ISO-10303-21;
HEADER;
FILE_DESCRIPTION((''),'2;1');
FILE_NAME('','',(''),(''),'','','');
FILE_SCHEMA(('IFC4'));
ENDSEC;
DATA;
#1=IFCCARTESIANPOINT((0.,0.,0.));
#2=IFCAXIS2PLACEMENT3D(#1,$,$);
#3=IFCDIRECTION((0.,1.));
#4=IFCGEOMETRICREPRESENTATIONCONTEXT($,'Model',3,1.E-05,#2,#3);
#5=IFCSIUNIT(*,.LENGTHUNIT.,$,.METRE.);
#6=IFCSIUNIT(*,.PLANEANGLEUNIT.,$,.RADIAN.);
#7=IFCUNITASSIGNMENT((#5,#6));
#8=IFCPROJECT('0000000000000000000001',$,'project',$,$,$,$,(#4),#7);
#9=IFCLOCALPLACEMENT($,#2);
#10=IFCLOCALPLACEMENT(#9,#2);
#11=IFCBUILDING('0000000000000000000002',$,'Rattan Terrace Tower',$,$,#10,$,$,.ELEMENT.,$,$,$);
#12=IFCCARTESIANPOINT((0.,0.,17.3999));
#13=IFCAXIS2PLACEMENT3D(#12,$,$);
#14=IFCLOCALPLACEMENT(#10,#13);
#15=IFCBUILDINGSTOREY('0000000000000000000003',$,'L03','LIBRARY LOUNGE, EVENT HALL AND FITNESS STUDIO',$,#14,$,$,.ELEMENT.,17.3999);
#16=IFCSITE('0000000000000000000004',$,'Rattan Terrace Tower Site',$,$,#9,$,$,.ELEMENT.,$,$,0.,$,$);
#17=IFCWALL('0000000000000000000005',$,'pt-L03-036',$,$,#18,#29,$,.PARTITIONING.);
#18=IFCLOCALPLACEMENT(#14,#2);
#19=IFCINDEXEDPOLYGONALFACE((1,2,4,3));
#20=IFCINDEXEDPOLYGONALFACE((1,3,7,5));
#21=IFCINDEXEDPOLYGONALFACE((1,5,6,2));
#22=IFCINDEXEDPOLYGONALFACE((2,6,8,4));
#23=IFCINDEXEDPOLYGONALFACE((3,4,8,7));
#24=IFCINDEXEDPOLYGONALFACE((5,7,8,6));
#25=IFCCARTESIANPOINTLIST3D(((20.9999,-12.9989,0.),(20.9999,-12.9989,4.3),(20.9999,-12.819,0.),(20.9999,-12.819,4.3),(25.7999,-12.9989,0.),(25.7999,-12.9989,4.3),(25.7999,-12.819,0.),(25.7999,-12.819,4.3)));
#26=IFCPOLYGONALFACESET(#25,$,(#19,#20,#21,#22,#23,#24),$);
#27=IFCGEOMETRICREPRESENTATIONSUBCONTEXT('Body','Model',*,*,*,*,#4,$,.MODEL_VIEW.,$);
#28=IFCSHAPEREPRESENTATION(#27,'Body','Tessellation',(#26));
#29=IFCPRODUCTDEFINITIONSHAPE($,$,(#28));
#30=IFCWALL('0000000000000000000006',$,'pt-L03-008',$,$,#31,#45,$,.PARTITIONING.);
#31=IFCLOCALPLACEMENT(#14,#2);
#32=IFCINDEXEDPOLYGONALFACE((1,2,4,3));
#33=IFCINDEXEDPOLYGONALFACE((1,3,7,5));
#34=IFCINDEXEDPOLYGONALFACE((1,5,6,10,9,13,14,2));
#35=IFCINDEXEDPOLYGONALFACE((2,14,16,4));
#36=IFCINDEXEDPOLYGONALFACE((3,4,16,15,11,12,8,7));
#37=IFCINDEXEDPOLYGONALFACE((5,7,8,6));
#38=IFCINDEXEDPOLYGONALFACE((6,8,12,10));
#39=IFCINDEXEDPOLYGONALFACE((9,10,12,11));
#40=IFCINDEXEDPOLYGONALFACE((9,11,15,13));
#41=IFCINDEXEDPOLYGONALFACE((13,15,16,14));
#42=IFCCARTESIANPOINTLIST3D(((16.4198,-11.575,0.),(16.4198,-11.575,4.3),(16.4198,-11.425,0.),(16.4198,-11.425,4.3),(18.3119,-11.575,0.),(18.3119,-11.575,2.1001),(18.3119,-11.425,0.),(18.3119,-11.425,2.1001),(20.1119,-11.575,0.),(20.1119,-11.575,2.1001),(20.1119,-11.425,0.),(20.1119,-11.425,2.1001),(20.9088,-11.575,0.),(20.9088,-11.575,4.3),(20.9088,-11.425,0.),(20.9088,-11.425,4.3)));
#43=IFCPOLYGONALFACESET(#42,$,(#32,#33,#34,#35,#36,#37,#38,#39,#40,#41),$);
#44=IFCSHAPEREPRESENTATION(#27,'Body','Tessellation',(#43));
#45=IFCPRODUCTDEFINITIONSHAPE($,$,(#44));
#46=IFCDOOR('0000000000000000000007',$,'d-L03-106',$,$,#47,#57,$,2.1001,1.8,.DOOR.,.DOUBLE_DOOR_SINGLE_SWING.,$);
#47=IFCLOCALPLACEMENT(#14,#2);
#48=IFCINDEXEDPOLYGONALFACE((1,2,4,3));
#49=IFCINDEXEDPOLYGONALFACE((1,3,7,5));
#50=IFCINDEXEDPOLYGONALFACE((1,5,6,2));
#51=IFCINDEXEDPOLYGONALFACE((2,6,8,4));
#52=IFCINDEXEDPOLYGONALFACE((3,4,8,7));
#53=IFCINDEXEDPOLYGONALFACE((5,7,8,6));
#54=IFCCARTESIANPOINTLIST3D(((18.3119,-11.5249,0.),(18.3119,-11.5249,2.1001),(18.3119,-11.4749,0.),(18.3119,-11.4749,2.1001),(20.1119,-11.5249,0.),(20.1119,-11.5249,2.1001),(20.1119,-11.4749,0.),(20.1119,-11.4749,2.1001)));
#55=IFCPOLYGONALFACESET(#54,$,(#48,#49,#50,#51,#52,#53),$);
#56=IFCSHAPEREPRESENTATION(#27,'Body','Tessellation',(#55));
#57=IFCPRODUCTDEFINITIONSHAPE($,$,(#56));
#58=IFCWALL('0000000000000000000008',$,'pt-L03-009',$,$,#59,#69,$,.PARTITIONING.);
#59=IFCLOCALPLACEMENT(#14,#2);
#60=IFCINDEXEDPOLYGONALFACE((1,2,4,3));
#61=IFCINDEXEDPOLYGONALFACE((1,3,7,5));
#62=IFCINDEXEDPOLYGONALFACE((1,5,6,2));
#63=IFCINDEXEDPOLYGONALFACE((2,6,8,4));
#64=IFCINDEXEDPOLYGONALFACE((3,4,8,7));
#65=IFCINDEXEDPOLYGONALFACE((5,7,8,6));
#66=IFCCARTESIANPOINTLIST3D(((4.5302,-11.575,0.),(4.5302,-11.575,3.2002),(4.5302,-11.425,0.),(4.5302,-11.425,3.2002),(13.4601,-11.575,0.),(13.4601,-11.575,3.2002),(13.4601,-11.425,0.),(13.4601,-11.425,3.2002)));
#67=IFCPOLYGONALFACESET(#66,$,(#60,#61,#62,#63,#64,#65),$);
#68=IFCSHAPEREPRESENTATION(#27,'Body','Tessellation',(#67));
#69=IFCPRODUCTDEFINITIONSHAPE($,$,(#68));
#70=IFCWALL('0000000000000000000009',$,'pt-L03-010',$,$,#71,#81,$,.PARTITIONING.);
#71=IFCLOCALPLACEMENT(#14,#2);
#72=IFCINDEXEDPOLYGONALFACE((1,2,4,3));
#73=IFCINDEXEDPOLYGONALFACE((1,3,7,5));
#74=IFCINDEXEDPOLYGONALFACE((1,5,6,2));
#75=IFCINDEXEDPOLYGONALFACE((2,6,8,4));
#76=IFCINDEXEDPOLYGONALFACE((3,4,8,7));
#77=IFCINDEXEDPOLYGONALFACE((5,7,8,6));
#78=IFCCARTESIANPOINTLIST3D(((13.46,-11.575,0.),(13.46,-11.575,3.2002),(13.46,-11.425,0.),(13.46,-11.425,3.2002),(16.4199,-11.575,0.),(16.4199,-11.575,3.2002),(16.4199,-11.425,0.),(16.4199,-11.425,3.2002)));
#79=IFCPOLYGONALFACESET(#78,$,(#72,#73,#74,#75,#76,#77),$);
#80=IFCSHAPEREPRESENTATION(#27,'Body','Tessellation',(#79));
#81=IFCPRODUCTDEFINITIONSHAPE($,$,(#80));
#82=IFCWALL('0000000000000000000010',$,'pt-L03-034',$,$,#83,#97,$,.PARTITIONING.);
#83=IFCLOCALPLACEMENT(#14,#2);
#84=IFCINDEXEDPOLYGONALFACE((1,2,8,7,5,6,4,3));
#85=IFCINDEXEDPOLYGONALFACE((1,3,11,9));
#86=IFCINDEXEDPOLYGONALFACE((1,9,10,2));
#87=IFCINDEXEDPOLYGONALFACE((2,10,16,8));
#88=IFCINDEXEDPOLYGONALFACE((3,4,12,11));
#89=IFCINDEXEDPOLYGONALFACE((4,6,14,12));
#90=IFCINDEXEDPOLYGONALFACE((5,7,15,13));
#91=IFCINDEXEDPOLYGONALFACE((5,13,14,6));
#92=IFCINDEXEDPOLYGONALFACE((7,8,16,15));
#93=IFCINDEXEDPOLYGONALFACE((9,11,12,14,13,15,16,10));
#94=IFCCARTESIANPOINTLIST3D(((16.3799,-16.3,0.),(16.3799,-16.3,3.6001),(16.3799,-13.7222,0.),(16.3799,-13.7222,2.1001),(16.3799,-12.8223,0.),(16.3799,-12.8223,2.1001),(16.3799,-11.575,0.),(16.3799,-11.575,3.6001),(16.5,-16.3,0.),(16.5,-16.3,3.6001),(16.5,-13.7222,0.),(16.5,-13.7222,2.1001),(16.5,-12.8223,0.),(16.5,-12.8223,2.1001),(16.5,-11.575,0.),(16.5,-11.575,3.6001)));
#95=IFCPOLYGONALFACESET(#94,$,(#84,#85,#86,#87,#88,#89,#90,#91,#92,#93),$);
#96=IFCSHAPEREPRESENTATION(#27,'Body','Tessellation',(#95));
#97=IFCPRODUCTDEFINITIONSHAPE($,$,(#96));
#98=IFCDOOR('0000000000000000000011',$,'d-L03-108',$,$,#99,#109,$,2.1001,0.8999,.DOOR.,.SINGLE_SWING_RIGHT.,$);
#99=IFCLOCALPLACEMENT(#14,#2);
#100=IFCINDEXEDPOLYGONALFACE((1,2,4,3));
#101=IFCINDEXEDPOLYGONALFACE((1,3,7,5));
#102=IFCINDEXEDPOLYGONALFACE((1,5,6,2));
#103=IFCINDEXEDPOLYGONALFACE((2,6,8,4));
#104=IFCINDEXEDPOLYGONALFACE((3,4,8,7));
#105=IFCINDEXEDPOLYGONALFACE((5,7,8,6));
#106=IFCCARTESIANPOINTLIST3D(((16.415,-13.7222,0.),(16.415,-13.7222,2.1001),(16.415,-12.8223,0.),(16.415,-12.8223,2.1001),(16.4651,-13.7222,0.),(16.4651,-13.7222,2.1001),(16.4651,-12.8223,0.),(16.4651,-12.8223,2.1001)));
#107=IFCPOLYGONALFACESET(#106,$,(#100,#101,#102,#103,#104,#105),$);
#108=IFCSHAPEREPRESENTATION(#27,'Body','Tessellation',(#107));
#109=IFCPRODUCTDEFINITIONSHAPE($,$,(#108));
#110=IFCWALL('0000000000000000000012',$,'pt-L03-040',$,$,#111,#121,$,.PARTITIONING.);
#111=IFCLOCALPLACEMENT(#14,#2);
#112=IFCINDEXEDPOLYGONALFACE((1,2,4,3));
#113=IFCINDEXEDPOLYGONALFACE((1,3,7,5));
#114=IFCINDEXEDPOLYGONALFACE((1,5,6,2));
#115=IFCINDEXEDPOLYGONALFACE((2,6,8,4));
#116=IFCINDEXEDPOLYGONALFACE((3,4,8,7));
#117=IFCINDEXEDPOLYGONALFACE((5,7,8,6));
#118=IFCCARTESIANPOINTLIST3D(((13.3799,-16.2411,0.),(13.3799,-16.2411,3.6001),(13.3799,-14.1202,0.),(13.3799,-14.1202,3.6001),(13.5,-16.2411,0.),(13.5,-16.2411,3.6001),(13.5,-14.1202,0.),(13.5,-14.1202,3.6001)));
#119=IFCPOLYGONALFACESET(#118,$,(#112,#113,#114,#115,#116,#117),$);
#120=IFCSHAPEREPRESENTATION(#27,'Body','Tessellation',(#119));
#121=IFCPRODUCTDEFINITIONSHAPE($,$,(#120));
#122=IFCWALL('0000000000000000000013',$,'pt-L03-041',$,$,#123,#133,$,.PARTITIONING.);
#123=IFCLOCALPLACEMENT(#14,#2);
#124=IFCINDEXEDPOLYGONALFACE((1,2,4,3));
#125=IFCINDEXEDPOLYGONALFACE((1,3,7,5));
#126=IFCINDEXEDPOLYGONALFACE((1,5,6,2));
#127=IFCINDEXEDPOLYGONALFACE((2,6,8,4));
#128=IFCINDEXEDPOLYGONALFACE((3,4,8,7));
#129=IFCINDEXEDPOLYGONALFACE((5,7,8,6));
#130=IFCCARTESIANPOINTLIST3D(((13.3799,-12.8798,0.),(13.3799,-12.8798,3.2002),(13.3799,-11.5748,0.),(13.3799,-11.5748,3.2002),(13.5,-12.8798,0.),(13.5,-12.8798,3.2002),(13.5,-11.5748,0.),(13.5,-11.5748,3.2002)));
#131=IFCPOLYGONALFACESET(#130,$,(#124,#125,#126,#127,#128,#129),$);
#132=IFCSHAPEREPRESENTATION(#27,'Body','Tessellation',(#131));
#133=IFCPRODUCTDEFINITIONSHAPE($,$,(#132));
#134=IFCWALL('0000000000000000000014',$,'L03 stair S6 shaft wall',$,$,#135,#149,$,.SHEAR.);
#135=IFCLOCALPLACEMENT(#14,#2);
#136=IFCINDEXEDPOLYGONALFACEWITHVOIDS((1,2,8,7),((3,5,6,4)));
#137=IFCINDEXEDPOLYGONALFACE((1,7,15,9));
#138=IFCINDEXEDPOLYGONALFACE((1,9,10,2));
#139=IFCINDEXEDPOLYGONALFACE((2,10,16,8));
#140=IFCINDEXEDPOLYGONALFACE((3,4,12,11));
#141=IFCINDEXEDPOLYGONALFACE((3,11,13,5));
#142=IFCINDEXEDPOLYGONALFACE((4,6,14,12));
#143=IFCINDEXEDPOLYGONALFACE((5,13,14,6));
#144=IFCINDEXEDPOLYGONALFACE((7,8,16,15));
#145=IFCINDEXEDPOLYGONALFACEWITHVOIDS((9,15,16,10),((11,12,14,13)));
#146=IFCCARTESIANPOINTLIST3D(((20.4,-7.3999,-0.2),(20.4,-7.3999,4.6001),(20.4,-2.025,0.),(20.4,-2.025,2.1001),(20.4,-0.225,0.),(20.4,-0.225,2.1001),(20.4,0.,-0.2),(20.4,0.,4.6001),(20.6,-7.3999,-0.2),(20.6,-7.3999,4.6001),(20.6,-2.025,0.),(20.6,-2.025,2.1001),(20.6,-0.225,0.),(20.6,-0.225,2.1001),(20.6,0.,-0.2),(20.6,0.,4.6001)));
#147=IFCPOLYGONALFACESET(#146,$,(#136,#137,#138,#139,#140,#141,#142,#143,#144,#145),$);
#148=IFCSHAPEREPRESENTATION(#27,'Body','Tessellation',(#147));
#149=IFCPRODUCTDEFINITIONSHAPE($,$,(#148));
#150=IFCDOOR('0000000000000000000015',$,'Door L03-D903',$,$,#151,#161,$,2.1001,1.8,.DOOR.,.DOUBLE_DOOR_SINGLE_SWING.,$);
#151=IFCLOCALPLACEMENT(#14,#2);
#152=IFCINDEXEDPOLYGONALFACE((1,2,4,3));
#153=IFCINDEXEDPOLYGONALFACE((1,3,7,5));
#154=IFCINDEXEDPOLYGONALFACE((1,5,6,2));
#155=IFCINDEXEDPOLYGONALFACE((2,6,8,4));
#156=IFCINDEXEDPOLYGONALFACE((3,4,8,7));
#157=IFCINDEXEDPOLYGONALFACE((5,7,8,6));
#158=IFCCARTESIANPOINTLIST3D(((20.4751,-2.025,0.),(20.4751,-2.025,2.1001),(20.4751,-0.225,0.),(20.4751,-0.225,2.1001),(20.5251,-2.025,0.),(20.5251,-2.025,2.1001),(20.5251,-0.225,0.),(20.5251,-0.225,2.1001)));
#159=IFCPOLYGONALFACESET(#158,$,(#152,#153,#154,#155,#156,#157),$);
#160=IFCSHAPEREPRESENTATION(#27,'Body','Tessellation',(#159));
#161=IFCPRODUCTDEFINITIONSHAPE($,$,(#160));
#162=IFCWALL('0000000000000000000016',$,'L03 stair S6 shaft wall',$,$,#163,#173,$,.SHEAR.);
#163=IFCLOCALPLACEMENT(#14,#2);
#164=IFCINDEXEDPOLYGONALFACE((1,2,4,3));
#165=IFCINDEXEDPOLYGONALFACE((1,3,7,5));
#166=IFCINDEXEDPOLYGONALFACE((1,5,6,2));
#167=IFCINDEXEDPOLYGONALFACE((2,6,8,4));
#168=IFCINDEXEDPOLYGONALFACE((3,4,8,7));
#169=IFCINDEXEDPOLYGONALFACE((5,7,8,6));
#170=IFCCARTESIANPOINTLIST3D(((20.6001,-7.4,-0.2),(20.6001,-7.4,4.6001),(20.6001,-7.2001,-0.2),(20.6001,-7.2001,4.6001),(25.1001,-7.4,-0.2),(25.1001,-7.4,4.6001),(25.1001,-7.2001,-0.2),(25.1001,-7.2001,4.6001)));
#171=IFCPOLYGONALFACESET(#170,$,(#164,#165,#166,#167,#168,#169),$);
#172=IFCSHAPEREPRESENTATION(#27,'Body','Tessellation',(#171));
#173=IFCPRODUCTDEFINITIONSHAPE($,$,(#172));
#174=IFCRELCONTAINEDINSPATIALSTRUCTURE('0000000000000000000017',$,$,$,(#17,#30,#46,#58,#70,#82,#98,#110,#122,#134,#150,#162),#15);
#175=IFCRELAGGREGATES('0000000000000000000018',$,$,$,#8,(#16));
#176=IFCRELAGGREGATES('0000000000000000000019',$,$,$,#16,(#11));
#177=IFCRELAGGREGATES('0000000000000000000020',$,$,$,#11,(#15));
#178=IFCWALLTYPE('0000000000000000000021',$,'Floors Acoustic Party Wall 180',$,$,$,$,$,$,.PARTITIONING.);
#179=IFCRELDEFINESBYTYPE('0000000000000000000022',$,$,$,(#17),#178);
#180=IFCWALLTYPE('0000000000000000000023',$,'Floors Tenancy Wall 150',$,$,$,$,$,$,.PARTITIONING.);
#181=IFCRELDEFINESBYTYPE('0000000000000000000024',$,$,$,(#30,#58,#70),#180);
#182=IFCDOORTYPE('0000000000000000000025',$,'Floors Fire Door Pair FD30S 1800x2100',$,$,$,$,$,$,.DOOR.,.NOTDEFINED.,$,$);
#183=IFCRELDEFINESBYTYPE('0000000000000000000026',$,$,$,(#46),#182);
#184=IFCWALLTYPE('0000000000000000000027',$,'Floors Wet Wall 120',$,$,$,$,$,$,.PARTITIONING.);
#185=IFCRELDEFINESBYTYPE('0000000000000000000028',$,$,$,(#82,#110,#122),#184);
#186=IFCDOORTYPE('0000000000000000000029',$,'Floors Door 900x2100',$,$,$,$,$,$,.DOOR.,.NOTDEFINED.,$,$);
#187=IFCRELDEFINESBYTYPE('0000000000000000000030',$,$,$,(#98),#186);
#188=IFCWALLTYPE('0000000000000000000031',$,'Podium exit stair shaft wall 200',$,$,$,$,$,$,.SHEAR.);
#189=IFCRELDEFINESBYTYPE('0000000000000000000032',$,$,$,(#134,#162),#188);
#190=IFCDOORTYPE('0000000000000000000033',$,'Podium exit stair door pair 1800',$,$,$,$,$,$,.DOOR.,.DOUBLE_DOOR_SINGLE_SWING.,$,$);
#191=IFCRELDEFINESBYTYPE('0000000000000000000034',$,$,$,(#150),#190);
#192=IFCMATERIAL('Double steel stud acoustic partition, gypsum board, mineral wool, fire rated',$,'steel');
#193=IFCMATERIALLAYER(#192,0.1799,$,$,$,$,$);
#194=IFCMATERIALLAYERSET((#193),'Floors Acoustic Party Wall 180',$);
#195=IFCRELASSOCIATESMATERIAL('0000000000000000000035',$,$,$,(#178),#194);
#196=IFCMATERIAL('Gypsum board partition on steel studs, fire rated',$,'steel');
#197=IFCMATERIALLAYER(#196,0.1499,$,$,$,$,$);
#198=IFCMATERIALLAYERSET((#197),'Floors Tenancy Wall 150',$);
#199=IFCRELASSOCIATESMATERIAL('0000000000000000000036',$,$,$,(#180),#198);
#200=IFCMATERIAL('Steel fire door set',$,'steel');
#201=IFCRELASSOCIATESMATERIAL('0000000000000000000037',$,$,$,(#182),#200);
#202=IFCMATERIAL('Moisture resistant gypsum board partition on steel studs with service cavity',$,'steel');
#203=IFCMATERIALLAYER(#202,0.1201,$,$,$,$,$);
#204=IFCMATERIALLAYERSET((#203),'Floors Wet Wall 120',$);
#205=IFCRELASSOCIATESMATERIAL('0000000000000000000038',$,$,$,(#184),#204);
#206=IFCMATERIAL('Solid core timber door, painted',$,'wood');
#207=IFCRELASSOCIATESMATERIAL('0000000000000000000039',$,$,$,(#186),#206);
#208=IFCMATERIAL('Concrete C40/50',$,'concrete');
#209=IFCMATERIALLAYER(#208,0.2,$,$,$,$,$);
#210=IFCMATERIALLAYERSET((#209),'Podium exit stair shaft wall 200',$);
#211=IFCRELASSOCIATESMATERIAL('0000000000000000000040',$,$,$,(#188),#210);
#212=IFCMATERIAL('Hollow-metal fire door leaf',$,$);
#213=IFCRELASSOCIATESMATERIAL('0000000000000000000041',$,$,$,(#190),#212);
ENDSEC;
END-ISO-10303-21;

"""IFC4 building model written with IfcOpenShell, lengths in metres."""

from ifc_helpers import new_model, si_unit, direction, frame, frame_2d, origin, place, context, subcontext, project, spatial, rectangle, extrude, material, layer, layer_set, type_object, element, fill, save


model = new_model("IFC4")

# Units and contexts
model_context = context("Model", 3, precision=1e-05, world=origin(), true_north=direction((0.0, 1.0)))
body_context = subcontext(model_context, "Body", "Model", "MODEL_VIEW")
ifc_project = project(units=[si_unit("LENGTHUNIT", "METRE"), si_unit("PLANEANGLEUNIT", "RADIAN")], contexts=[model_context])

# Site, building, storey
site_placement = place(None, origin())
site = spatial("IfcSite", under=ifc_project, at=site_placement, Name="Rattan Terrace Tower Site", CompositionType="ELEMENT", RefElevation=0.0)
building_placement = place(site_placement, origin())
building = spatial("IfcBuilding", under=site, at=building_placement, Name="Rattan Terrace Tower", CompositionType="ELEMENT")
storey_placement = place(building_placement, frame((0.0, 0.0, 17.3999)))
storey = spatial("IfcBuildingStorey", under=building, at=storey_placement, Name="L03", Description="LIBRARY LOUNGE, EVENT HALL AND FITNESS STUDIO", CompositionType="ELEMENT", Elevation=17.3999)

# Wall
ifc_material_1 = material(Name="Double steel stud acoustic partition, gypsum board, mineral wool, fire rated", Category="steel")
ifc_layer_1 = layer(ifc_material_1, 0.1799)
ifc_layer_set_1 = layer_set([ifc_layer_1], Name="Floors Acoustic Party Wall 180")
wall_type_1 = type_object("IfcWallType", Name="Floors Acoustic Party Wall 180", PredefinedType="PARTITIONING", material=ifc_layer_set_1)
wall_1_placement = place(storey_placement, frame((21.0, -12.9089, 0.0), z_axis=(0.0, 0.0, 1.0), x_axis=(1.0, 0.0, 0.0)))
element("IfcWall", 1, at=wall_1_placement, inside=storey, type_object=wall_type_1, Name="pt-L03-036", PredefinedType="PARTITIONING", context=body_context, shape_type="SweptSolid", body=[
    extrude(rectangle(XDim=4.8, YDim=0.1799, at=frame_2d((2.3999, 0.0))), origin(), (0.0, 0.0, 1.0), 4.3),
])

# Wall, opening, door
ifc_material_2 = material(Name="Gypsum board partition on steel studs, fire rated", Category="steel")
ifc_layer_2 = layer(ifc_material_2, 0.1499)
ifc_layer_set_2 = layer_set([ifc_layer_2], Name="Floors Tenancy Wall 150")
wall_type_2 = type_object("IfcWallType", Name="Floors Tenancy Wall 150", PredefinedType="PARTITIONING", material=ifc_layer_set_2)
wall_2_placement = place(storey_placement, frame((20.9089, -11.5, 0.0), z_axis=(0.0, 0.0, 1.0), x_axis=(-1.0, 0.0, 0.0)))
wall_2 = element("IfcWall", 2, at=wall_2_placement, inside=storey, type_object=wall_type_2, Name="pt-L03-008", PredefinedType="PARTITIONING", context=body_context, shape_type="SweptSolid", body=[
    extrude(rectangle(XDim=4.489, YDim=0.1499, at=frame_2d((2.2446, 0.0))), origin(), (0.0, 0.0, 1.0), 4.3),
])
opening_1_placement = place(wall_2_placement, frame((0.7971, 0.0, 0.0)))
opening_1 = element("IfcOpeningElement", 3, at=opening_1_placement, cuts=wall_2, PredefinedType="OPENING", context=body_context, shape_type="SweptSolid", body=[
    extrude(rectangle(XDim=1.8, YDim=2.1001, at=frame_2d((0.8999, 1.05))), frame((0.0, 0.0854, 0.0), z_axis=(0.0, -1.0, 0.0), x_axis=(1.0, 0.0, 0.0)), (0.0, 0.0, 1.0), 0.1709),
])
ifc_material_3 = material(Name="Steel fire door set", Category="steel")
door_type_1 = type_object("IfcDoorType", Name="Floors Fire Door Pair FD30S 1800x2100", OperationType="NOTDEFINED", PredefinedType="DOOR", material=ifc_material_3)
door_1_placement = place(opening_1_placement, origin())
door_1 = element("IfcDoor", 4, at=door_1_placement, inside=storey, type_object=door_type_1, Name="d-L03-106", OperationType="DOUBLE_DOOR_SINGLE_SWING", OverallHeight=2.1001, OverallWidth=1.8, PredefinedType="DOOR", context=body_context, shape_type="SweptSolid", body=[
    extrude(rectangle(XDim=1.8, YDim=2.1001, at=frame_2d((0.8999, 1.05))), frame((0.0, 0.0249, 0.0), z_axis=(0.0, -1.0, 0.0), x_axis=(1.0, 0.0, 0.0)), (0.0, 0.0, 1.0), 0.05),
])
fill(opening_1, door_1)

# Walls
wall_3_placement = place(storey_placement, frame((13.46, -11.5, 0.0), z_axis=(0.0, 0.0, 1.0), x_axis=(-1.0, 0.0, 0.0)))
element("IfcWall", 5, at=wall_3_placement, inside=storey, type_object=wall_type_2, Name="pt-L03-009", PredefinedType="PARTITIONING", context=body_context, shape_type="SweptSolid", body=[
    extrude(rectangle(XDim=8.9299, YDim=0.1499, at=frame_2d((4.4648, 0.0))), origin(), (0.0, 0.0, 1.0), 3.2002),
])
wall_4_placement = place(storey_placement, frame((16.4199, -11.5, 0.0), z_axis=(0.0, 0.0, 1.0), x_axis=(-1.0, 0.0, 0.0)))
element("IfcWall", 6, at=wall_4_placement, inside=storey, type_object=wall_type_2, Name="pt-L03-010", PredefinedType="PARTITIONING", context=body_context, shape_type="SweptSolid", body=[
    extrude(rectangle(XDim=2.96, YDim=0.1499, at=frame_2d((1.48, 0.0))), origin(), (0.0, 0.0, 1.0), 3.2002),
])

# Wall, opening, door
ifc_material_4 = material(Name="Moisture resistant gypsum board partition on steel studs with service cavity", Category="steel")
ifc_layer_3 = layer(ifc_material_4, 0.1201)
ifc_layer_set_3 = layer_set([ifc_layer_3], Name="Floors Wet Wall 120")
wall_type_3 = type_object("IfcWallType", Name="Floors Wet Wall 120", PredefinedType="PARTITIONING", material=ifc_layer_set_3)
wall_5_placement = place(storey_placement, frame((16.4399, -16.3, 0.0), z_axis=(0.0, 0.0, 1.0), x_axis=(0.0, 1.0, 0.0)))
wall_5 = element("IfcWall", 7, at=wall_5_placement, inside=storey, type_object=wall_type_3, Name="pt-L03-034", PredefinedType="PARTITIONING", context=body_context, shape_type="SweptSolid", body=[
    extrude(rectangle(XDim=4.7251, YDim=0.1201, at=frame_2d((2.3625, 0.0))), origin(), (0.0, 0.0, 1.0), 3.6001),
])
opening_2_placement = place(wall_5_placement, frame((2.5779, 0.0, 0.0)))
opening_2 = element("IfcOpeningElement", 8, at=opening_2_placement, cuts=wall_5, PredefinedType="OPENING", context=body_context, shape_type="SweptSolid", body=[
    extrude(rectangle(XDim=0.8999, YDim=2.1001, at=frame_2d((0.45, 1.05))), frame((0.0, 0.0706, 0.0), z_axis=(0.0, -1.0, 0.0), x_axis=(1.0, 0.0, 0.0)), (0.0, 0.0, 1.0), 0.1411),
])
ifc_material_5 = material(Name="Solid core timber door, painted", Category="wood")
door_type_2 = type_object("IfcDoorType", Name="Floors Door 900x2100", OperationType="NOTDEFINED", PredefinedType="DOOR", material=ifc_material_5)
door_2_placement = place(opening_2_placement, origin())
door_2 = element("IfcDoor", 9, at=door_2_placement, inside=storey, type_object=door_type_2, Name="d-L03-108", OperationType="SINGLE_SWING_RIGHT", OverallHeight=2.1001, OverallWidth=0.8999, PredefinedType="DOOR", context=body_context, shape_type="SweptSolid", body=[
    extrude(rectangle(XDim=0.8999, YDim=2.1001, at=frame_2d((0.45, 1.05))), frame((0.0, 0.0249, 0.0), z_axis=(0.0, -1.0, 0.0), x_axis=(1.0, 0.0, 0.0)), (0.0, 0.0, 1.0), 0.05),
])
fill(opening_2, door_2)

# Walls
wall_6_placement = place(storey_placement, frame((13.4399, -14.1201, 0.0), z_axis=(0.0, 0.0, 1.0), x_axis=(0.0, -1.0, 0.0)))
element("IfcWall", 10, at=wall_6_placement, inside=storey, type_object=wall_type_3, Name="pt-L03-040", PredefinedType="PARTITIONING", context=body_context, shape_type="SweptSolid", body=[
    extrude(rectangle(XDim=2.1208, YDim=0.1201, at=frame_2d((1.0605, 0.0))), origin(), (0.0, 0.0, 1.0), 3.6001),
])
wall_7_placement = place(storey_placement, frame((13.4399, -11.575, 0.0), z_axis=(0.0, 0.0, 1.0), x_axis=(0.0, -1.0, 0.0)))
element("IfcWall", 11, at=wall_7_placement, inside=storey, type_object=wall_type_3, Name="pt-L03-041", PredefinedType="PARTITIONING", context=body_context, shape_type="SweptSolid", body=[
    extrude(rectangle(XDim=1.3049, YDim=0.1201, at=frame_2d((0.6523, 0.0))), origin(), (0.0, 0.0, 1.0), 3.2002),
])

# Wall, opening, door
ifc_material_6 = material(Name="Concrete C40/50", Category="concrete")
ifc_layer_4 = layer(ifc_material_6, 0.2)
ifc_layer_set_4 = layer_set([ifc_layer_4], Name="Podium exit stair shaft wall 200")
wall_type_4 = type_object("IfcWallType", Name="Podium exit stair shaft wall 200", PredefinedType="SHEAR", material=ifc_layer_set_4)
wall_8_placement = place(storey_placement, frame((20.5, -7.3999, -0.2), z_axis=(0.0, 0.0, 1.0), x_axis=(0.0, 1.0, 0.0)))
wall_8 = element("IfcWall", 12, at=wall_8_placement, inside=storey, type_object=wall_type_4, Name="L03 stair S6 shaft wall", PredefinedType="SHEAR", context=body_context, shape_type="SweptSolid", body=[
    extrude(rectangle(XDim=7.3999, YDim=0.2, at=frame_2d((3.7, 0.0))), origin(), (0.0, 0.0, 1.0), 4.8),
])
opening_3_placement = place(wall_8_placement, frame((5.375, 0.0, 0.2)))
opening_3 = element("IfcOpeningElement", 13, at=opening_3_placement, cuts=wall_8, PredefinedType="OPENING", context=body_context, shape_type="SweptSolid", body=[
    extrude(rectangle(XDim=1.8, YDim=2.1001, at=frame_2d((0.8999, 1.05))), frame((0.0, 0.1106, 0.0), z_axis=(0.0, -1.0, 0.0), x_axis=(1.0, 0.0, 0.0)), (0.0, 0.0, 1.0), 0.2209),
])
ifc_material_7 = material(Name="Hollow-metal fire door leaf")
door_type_3 = type_object("IfcDoorType", Name="Podium exit stair door pair 1800", OperationType="DOUBLE_DOOR_SINGLE_SWING", PredefinedType="DOOR", material=ifc_material_7)
door_3_placement = place(opening_3_placement, origin())
door_3 = element("IfcDoor", 14, at=door_3_placement, inside=storey, type_object=door_type_3, Name="Door L03-D903", OperationType="DOUBLE_DOOR_SINGLE_SWING", OverallHeight=2.1001, OverallWidth=1.8, PredefinedType="DOOR", context=body_context, shape_type="SweptSolid", body=[
    extrude(rectangle(XDim=1.8, YDim=2.1001, at=frame_2d((0.8999, 1.05))), frame((0.0, 0.0249, 0.0), z_axis=(0.0, -1.0, 0.0), x_axis=(1.0, 0.0, 0.0)), (0.0, 0.0, 1.0), 0.05),
])
fill(opening_3, door_3)

# Wall
wall_9_placement = place(storey_placement, frame((20.6001, -7.3, -0.2), z_axis=(0.0, 0.0, 1.0), x_axis=(1.0, 0.0, 0.0)))
element("IfcWall", 15, at=wall_9_placement, inside=storey, type_object=wall_type_4, Name="L03 stair S6 shaft wall", PredefinedType="SHEAR", context=body_context, shape_type="SweptSolid", body=[
    extrude(rectangle(XDim=4.5, YDim=0.2, at=frame_2d((2.25, 0.0))), origin(), (0.0, 0.0, 1.0), 4.8),
])

save(model, "model.ifc")
